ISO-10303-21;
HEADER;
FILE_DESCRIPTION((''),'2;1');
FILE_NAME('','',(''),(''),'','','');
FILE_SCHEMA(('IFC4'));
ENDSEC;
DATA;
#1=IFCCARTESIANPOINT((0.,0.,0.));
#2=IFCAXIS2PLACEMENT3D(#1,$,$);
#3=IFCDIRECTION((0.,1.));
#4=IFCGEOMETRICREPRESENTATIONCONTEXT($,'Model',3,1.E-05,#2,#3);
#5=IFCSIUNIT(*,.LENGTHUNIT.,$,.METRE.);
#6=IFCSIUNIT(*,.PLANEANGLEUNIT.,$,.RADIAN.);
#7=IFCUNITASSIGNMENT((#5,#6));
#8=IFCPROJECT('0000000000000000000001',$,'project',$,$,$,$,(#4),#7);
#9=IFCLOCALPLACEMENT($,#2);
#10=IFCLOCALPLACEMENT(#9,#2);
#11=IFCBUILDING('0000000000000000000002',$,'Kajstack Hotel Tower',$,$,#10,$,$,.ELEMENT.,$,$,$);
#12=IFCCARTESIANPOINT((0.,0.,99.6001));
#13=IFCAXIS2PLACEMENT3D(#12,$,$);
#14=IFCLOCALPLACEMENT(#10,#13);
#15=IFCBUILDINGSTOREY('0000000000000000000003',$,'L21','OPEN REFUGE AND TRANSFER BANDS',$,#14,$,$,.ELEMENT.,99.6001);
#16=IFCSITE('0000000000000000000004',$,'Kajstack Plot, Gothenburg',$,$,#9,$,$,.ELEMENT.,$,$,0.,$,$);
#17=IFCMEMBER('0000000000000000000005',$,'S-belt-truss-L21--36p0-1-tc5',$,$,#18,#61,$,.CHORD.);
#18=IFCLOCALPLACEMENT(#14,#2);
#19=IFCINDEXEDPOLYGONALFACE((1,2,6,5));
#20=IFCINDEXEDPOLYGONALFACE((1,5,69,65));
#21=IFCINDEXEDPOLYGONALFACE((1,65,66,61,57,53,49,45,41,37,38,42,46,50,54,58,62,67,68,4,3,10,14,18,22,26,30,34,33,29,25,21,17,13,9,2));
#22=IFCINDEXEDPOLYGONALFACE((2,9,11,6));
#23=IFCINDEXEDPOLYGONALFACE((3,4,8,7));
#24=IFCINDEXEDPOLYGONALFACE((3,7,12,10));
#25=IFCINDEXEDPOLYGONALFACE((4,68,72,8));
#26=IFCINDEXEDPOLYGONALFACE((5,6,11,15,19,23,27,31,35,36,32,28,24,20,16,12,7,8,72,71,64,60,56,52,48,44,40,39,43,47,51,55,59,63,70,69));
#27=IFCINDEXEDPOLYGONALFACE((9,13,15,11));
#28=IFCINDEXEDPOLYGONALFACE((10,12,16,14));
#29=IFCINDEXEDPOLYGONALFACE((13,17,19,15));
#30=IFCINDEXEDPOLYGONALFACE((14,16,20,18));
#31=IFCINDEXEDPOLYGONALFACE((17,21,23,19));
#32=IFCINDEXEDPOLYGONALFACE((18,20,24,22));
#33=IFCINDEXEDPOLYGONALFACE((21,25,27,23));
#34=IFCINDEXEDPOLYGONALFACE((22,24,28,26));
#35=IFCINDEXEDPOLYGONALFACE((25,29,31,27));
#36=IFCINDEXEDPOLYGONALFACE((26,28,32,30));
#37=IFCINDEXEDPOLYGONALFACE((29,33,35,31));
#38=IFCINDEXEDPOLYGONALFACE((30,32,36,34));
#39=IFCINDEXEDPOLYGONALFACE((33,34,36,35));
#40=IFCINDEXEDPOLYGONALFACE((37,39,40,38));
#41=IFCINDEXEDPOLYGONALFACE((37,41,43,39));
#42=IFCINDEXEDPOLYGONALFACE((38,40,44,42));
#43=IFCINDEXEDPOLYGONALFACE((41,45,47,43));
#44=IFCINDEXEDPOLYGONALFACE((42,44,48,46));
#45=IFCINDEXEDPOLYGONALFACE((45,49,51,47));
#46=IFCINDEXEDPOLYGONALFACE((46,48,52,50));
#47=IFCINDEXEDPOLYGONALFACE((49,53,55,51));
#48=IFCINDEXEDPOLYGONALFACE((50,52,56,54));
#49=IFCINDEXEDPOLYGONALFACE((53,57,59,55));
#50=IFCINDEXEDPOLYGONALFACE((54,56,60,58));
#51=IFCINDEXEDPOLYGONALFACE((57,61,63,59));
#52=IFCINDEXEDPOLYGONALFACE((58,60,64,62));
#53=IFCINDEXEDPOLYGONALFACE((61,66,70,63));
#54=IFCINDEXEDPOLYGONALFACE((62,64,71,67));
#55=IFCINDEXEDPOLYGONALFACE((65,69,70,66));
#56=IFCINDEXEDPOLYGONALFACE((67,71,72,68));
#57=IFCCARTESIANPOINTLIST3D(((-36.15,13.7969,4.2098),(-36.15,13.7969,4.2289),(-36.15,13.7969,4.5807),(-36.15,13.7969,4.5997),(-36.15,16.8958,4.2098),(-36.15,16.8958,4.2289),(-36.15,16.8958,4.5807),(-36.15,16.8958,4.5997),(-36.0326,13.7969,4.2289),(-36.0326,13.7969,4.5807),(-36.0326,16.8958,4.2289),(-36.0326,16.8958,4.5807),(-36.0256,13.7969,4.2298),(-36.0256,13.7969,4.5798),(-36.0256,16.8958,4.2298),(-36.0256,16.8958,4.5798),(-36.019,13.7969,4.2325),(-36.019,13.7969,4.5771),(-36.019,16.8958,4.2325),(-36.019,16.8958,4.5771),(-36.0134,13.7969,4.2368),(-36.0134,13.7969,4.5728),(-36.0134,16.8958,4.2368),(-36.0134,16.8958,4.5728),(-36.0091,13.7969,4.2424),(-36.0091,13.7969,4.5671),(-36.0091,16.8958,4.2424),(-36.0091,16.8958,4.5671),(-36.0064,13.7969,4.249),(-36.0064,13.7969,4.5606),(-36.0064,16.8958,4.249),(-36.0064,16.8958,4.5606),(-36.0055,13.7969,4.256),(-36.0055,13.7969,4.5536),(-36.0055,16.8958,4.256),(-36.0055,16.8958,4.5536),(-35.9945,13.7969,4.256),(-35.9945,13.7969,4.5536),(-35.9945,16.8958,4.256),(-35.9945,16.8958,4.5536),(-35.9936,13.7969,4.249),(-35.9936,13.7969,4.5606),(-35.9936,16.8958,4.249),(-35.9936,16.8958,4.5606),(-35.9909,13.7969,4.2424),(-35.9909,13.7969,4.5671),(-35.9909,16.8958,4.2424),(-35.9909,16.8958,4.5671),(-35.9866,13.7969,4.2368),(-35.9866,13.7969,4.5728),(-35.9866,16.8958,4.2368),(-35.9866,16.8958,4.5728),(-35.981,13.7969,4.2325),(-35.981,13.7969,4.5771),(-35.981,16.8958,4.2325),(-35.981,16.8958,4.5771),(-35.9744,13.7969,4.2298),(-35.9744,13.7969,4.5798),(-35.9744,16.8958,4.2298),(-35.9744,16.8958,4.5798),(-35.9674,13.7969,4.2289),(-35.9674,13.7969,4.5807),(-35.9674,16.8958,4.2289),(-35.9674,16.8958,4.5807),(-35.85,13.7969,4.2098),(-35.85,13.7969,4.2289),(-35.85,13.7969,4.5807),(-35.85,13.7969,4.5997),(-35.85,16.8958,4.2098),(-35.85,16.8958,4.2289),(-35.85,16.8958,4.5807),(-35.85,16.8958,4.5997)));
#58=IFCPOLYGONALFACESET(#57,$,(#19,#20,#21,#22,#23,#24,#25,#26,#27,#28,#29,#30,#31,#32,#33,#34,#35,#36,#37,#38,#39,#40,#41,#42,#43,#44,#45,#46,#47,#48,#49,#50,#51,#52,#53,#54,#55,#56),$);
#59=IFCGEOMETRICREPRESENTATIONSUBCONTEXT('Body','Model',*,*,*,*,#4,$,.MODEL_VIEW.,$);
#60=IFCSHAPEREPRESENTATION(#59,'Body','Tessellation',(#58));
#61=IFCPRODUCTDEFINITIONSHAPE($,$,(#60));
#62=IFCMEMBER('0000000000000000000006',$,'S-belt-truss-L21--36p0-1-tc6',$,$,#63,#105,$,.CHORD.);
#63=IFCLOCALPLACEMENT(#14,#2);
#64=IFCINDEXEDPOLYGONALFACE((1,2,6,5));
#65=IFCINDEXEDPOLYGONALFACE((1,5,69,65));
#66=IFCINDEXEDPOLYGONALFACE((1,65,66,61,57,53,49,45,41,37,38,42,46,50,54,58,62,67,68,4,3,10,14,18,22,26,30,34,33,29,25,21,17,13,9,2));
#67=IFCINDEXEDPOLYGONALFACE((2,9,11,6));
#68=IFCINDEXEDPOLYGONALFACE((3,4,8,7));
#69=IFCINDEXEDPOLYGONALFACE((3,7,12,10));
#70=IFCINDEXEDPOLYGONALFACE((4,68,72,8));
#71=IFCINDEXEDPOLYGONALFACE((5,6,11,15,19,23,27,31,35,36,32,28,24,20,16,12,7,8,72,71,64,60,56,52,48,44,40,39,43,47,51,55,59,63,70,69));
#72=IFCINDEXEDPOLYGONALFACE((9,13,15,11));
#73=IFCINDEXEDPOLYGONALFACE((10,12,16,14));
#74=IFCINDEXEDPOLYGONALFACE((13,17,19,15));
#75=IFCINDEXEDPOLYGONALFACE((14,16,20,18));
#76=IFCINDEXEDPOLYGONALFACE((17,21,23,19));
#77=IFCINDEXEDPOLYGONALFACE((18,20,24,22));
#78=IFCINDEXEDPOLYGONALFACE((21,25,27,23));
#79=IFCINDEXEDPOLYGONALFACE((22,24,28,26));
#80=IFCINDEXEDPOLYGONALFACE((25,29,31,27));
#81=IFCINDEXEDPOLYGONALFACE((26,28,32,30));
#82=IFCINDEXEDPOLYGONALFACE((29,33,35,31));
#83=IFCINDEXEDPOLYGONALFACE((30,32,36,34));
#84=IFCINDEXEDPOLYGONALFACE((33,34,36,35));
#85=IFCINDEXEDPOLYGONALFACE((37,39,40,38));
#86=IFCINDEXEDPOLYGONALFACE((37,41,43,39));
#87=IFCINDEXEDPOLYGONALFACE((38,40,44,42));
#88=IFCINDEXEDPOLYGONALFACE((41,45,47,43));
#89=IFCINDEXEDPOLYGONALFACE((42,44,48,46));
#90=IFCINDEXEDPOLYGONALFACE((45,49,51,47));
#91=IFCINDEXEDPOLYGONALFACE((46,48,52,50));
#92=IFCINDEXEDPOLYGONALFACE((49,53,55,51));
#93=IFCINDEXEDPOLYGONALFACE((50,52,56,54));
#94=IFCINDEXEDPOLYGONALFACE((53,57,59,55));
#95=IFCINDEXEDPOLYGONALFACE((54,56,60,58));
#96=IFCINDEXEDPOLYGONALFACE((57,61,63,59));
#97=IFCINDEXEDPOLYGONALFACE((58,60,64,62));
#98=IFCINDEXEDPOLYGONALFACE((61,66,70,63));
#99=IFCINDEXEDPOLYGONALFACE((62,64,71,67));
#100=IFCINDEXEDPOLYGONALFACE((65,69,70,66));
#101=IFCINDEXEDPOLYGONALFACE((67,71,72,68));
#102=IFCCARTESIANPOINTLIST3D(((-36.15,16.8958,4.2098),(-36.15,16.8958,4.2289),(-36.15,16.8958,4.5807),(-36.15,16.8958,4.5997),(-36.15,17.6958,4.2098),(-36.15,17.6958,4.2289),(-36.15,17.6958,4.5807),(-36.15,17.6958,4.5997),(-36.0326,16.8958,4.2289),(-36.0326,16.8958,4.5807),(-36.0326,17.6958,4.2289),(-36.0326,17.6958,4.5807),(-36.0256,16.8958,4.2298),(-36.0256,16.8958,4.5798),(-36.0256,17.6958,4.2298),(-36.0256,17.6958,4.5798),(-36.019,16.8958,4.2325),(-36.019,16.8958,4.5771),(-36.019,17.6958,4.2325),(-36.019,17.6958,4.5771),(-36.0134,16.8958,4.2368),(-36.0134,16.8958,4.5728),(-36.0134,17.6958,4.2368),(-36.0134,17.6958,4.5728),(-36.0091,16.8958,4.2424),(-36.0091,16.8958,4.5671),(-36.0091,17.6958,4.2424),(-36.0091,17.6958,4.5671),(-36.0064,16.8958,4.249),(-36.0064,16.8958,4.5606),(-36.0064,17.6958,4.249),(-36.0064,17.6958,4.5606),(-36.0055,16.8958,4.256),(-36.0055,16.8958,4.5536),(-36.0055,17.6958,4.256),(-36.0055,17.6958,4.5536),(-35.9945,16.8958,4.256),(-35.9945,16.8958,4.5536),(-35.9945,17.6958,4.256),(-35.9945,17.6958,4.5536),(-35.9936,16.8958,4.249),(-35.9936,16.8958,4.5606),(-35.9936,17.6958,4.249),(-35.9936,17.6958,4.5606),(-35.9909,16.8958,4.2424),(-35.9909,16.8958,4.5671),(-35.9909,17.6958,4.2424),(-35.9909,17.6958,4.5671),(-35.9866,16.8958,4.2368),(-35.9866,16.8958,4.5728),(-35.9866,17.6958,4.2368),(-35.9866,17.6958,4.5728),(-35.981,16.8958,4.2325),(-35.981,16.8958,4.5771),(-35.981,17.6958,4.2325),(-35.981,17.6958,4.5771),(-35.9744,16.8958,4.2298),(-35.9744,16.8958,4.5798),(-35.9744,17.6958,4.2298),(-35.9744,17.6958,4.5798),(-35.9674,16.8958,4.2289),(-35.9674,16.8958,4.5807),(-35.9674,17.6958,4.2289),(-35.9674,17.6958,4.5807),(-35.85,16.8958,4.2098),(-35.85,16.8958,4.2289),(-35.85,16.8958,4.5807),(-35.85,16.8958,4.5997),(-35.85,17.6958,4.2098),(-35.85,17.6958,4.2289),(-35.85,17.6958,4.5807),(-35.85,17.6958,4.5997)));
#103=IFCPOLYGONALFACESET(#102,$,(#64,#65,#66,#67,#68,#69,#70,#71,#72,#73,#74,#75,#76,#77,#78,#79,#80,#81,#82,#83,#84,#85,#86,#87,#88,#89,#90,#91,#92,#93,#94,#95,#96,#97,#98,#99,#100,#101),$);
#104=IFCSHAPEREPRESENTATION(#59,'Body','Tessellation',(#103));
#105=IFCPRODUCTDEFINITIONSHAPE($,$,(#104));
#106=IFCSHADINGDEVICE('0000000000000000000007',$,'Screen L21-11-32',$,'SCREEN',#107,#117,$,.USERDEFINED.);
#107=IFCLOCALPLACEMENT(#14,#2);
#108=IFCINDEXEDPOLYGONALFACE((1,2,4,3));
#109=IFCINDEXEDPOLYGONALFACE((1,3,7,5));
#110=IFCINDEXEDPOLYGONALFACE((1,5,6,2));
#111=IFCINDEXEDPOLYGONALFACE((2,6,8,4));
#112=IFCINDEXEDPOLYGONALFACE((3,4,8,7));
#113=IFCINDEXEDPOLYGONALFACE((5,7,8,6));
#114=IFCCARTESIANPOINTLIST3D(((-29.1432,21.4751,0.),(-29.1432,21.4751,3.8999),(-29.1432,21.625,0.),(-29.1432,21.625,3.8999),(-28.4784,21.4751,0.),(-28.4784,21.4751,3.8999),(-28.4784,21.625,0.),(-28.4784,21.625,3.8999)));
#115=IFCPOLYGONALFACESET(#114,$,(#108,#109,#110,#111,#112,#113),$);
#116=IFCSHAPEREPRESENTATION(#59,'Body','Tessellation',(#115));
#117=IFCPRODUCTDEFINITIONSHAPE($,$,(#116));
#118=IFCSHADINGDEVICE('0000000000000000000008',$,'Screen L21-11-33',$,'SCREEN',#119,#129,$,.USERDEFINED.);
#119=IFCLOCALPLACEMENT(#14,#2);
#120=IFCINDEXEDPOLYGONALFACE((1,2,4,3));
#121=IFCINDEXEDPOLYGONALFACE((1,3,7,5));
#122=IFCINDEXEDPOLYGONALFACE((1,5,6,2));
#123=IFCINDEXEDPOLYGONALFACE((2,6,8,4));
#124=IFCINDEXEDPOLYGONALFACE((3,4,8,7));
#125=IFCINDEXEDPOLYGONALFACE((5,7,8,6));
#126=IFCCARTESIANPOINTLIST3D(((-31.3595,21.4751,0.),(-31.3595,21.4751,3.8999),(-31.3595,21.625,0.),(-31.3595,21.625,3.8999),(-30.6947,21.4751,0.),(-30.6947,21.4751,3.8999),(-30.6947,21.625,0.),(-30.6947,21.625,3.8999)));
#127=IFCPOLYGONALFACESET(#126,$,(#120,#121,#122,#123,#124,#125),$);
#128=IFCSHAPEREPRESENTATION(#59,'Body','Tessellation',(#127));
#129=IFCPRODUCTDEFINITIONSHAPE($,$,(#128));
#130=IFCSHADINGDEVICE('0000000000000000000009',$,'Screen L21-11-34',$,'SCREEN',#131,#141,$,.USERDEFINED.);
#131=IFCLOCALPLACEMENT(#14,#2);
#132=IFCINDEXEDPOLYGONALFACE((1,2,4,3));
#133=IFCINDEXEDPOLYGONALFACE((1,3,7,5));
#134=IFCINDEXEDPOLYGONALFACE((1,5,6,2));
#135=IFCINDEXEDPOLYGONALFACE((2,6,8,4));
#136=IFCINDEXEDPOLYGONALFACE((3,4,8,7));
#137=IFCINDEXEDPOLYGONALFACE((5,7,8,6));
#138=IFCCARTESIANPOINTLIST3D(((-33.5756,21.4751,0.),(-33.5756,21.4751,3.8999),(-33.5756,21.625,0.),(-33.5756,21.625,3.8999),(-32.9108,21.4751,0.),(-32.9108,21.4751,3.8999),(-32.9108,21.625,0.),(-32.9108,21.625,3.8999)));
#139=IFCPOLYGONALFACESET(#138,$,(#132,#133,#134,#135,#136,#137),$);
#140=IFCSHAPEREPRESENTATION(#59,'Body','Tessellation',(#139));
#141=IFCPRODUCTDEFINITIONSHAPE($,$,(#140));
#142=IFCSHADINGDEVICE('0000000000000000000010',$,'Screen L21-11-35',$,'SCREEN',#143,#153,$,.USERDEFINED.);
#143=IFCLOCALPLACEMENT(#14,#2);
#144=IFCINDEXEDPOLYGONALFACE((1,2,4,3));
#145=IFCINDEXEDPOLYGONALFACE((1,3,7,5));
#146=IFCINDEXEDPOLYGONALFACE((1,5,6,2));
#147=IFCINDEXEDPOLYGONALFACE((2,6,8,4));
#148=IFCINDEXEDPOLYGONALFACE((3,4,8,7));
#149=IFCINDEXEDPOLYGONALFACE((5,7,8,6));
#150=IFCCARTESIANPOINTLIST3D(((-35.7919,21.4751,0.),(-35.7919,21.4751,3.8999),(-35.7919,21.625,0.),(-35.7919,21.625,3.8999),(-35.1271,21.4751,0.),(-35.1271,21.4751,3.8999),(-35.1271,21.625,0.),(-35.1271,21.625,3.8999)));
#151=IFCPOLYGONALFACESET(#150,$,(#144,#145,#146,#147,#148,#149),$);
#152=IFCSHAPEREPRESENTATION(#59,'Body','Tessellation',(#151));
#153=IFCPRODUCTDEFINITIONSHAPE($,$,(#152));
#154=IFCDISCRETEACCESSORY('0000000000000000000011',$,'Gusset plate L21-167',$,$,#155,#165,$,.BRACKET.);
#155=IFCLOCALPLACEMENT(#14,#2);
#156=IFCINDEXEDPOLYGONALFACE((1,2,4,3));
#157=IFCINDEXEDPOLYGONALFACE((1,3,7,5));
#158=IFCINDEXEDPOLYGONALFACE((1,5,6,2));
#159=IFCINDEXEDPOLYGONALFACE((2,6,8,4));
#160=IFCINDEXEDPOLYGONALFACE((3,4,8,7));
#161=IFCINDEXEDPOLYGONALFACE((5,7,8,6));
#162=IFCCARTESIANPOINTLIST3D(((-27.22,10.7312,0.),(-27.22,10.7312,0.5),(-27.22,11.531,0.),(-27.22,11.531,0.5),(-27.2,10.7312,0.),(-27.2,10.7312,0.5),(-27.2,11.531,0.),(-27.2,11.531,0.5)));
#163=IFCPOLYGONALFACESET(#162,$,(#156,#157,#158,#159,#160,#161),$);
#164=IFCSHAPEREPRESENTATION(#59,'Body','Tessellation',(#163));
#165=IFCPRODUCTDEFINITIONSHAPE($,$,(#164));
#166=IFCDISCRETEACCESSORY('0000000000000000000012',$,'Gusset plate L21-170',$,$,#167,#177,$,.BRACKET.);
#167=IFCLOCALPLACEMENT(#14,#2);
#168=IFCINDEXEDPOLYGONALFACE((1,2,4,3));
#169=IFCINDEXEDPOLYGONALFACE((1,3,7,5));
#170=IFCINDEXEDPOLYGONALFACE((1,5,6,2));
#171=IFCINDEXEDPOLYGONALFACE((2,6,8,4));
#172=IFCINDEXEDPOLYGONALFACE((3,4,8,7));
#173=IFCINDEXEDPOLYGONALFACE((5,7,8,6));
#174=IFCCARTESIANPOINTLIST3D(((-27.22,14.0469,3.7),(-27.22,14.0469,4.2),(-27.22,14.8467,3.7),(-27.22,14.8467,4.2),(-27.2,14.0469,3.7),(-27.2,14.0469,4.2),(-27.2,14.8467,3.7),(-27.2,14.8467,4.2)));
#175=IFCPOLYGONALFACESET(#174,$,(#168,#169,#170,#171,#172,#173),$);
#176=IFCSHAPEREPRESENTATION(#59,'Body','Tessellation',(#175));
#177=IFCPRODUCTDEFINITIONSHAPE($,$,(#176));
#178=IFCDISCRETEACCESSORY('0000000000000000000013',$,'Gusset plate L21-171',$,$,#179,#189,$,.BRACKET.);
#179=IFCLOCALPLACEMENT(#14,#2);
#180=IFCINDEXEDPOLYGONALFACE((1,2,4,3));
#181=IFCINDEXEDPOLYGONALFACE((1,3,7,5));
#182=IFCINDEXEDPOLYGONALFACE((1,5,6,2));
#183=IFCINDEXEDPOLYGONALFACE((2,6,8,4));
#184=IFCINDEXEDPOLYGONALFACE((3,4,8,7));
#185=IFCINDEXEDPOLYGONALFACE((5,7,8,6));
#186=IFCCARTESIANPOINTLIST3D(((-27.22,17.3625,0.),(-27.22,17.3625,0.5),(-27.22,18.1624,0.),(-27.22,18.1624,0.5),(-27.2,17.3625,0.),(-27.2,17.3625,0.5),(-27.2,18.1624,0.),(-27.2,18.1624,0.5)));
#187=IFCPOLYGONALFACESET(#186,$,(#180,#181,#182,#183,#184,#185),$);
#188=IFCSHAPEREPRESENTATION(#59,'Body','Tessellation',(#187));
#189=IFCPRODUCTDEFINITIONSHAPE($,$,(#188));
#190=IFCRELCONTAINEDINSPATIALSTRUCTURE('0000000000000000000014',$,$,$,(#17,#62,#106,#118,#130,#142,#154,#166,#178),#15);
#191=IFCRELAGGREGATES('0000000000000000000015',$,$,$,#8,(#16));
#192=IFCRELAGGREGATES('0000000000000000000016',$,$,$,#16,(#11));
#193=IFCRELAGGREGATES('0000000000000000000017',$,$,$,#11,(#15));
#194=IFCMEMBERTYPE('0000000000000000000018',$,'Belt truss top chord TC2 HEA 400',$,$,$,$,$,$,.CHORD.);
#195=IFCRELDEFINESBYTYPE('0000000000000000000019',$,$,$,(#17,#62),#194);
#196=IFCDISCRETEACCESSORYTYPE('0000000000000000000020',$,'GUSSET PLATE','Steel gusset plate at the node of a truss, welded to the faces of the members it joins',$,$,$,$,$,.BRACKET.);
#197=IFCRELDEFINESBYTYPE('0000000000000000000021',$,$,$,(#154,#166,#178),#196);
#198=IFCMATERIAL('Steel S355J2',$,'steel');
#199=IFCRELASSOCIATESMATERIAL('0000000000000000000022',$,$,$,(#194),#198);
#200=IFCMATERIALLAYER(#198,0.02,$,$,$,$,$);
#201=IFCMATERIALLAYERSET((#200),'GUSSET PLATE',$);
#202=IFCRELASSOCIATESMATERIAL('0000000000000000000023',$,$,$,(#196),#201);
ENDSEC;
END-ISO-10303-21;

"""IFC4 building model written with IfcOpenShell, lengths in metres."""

from ifc_helpers import new_model, si_unit, direction, frame, origin, origin_2d, place, context, subcontext, project, spatial, polyline, rectangle, i_section, outline, extrude, material, layer, layer_set, material_profile, profile_set, type_object, element, save


model = new_model("IFC4")

# Units and contexts
model_context = context("Model", 3, precision=1e-05, world=origin(), true_north=direction((0.0, 1.0)))
body_context = subcontext(model_context, "Body", "Model", "MODEL_VIEW")
ifc_project = project(units=[si_unit("LENGTHUNIT", "METRE"), si_unit("PLANEANGLEUNIT", "RADIAN")], contexts=[model_context])

# Site, building, storey
site_placement = place(None, origin())
site = spatial("IfcSite", under=ifc_project, at=site_placement, Name="Kajstack Plot, Gothenburg", CompositionType="ELEMENT", RefElevation=0.0)
building_placement = place(site_placement, origin())
building = spatial("IfcBuilding", under=site, at=building_placement, Name="Kajstack Hotel Tower", CompositionType="ELEMENT")
storey_placement = place(building_placement, frame((0.0, 0.0, 99.6001)))
storey = spatial("IfcBuildingStorey", under=building, at=storey_placement, Name="L21", Description="OPEN REFUGE AND TRANSFER BANDS", CompositionType="ELEMENT", Elevation=99.6001)

# Members
ifc_material = material(Name="Steel S355J2", Category="steel")
ifc_material_profile_1 = material_profile(ifc_material, i_section(OverallWidth=0.3, OverallDepth=0.3899, WebThickness=0.011, FlangeThickness=0.019, FilletRadius=0.0271, at=origin_2d()), Name="HEA 400")
ifc_profile_set_1 = profile_set([ifc_material_profile_1], Name="Steel S355J2")
member_type_1 = type_object("IfcMemberType", Name="Belt truss top chord TC2 HEA 400", PredefinedType="CHORD", material=ifc_profile_set_1)
for number, where, z_axis, x_axis, name in (
    (1, (-36.0, 13.7969, 4.4048), (0.0, 1.0, 0.0), (-1.0, 0.0, 0.0), "S-belt-truss-L21--36p0-1-tc5"),
):
    element("IfcMember", number, at=place(storey_placement, frame(where, z_axis=z_axis, x_axis=x_axis)), inside=storey, type_object=member_type_1, Name=name, PredefinedType="CHORD", context=body_context, shape_type="SweptSolid", body=[
        extrude(i_section(OverallWidth=0.3, OverallDepth=0.3899, WebThickness=0.011, FlangeThickness=0.019, FilletRadius=0.0271, at=origin_2d()), origin(), (0.0, 0.0, 1.0), 3.0989),
    ])
member_1_placement = place(storey_placement, frame((-36.0, 16.8958, 4.4048), z_axis=(0.0, 1.0, 0.0), x_axis=(-1.0, 0.0, 0.0)))
element("IfcMember", 2, at=member_1_placement, inside=storey, type_object=member_type_1, Name="S-belt-truss-L21--36p0-1-tc6", PredefinedType="CHORD", context=body_context, shape_type="SweptSolid", body=[
    extrude(i_section(OverallWidth=0.3, OverallDepth=0.3899, WebThickness=0.011, FlangeThickness=0.019, FilletRadius=0.0271, at=origin_2d()), origin(), (0.0, 0.0, 1.0), 0.8),
])

# Shading devices
for number, where, z_axis, x_axis, name in (
    (3, (-28.8108, 21.55, 0.0), (0.0, 0.0, 1.0), (-1.0, 0.0, 0.0), "Screen L21-11-32"),
    (4, (-31.0271, 21.55, 0.0), (0.0, 0.0, 1.0), (-1.0, 0.0, 0.0), "Screen L21-11-33"),
    (5, (-33.2432, 21.55, 0.0), (0.0, 0.0, 1.0), (-1.0, 0.0, 0.0), "Screen L21-11-34"),
    (6, (-35.4595, 21.55, 0.0), (0.0, 0.0, 1.0), (-1.0, 0.0, 0.0), "Screen L21-11-35"),
):
    element("IfcShadingDevice", number, at=place(storey_placement, frame(where, z_axis=z_axis, x_axis=x_axis)), inside=storey, Name=name, ObjectType="SCREEN", PredefinedType="USERDEFINED", context=body_context, shape_type="SweptSolid", body=[
        extrude(rectangle(XDim=0.6648, YDim=0.1499, at=origin_2d()), origin(), (0.0, 0.0, 1.0), 3.8999),
    ])

# Discrete accessories
ifc_layer = layer(ifc_material, 0.02)
ifc_layer_set = layer_set([ifc_layer], Name="GUSSET PLATE")
discrete_accessory_type = type_object("IfcDiscreteAccessoryType", Name="GUSSET PLATE", Description="Steel gusset plate at the node of a truss, welded to the faces of the members it joins", PredefinedType="BRACKET", material=ifc_layer_set)
for number, where, z_axis, x_axis, name in (
    (7, (-27.22, 11.1311, 0.0), (1.0, 0.0, 0.0), (0.0, 1.0, 0.0), "Gusset plate L21-167"),
    (8, (-27.22, 14.4468, 3.7), (1.0, 0.0, 0.0), (0.0, 1.0, 0.0), "Gusset plate L21-170"),
    (9, (-27.22, 17.7625, 0.0), (1.0, 0.0, 0.0), (0.0, 1.0, 0.0), "Gusset plate L21-171"),
):
    element("IfcDiscreteAccessory", number, at=place(storey_placement, frame(where, z_axis=z_axis, x_axis=x_axis)), inside=storey, type_object=discrete_accessory_type, Name=name, PredefinedType="BRACKET", context=body_context, shape_type="SweptSolid", body=[
        extrude(outline(polyline([(-0.3999, 0.0), (0.3999, 0.0), (0.3999, 0.5), (-0.3999, 0.5), (-0.3999, 0.0)])), origin(), (0.0, 0.0, 1.0), 0.02),
    ])

save(model, "model.ifc")
